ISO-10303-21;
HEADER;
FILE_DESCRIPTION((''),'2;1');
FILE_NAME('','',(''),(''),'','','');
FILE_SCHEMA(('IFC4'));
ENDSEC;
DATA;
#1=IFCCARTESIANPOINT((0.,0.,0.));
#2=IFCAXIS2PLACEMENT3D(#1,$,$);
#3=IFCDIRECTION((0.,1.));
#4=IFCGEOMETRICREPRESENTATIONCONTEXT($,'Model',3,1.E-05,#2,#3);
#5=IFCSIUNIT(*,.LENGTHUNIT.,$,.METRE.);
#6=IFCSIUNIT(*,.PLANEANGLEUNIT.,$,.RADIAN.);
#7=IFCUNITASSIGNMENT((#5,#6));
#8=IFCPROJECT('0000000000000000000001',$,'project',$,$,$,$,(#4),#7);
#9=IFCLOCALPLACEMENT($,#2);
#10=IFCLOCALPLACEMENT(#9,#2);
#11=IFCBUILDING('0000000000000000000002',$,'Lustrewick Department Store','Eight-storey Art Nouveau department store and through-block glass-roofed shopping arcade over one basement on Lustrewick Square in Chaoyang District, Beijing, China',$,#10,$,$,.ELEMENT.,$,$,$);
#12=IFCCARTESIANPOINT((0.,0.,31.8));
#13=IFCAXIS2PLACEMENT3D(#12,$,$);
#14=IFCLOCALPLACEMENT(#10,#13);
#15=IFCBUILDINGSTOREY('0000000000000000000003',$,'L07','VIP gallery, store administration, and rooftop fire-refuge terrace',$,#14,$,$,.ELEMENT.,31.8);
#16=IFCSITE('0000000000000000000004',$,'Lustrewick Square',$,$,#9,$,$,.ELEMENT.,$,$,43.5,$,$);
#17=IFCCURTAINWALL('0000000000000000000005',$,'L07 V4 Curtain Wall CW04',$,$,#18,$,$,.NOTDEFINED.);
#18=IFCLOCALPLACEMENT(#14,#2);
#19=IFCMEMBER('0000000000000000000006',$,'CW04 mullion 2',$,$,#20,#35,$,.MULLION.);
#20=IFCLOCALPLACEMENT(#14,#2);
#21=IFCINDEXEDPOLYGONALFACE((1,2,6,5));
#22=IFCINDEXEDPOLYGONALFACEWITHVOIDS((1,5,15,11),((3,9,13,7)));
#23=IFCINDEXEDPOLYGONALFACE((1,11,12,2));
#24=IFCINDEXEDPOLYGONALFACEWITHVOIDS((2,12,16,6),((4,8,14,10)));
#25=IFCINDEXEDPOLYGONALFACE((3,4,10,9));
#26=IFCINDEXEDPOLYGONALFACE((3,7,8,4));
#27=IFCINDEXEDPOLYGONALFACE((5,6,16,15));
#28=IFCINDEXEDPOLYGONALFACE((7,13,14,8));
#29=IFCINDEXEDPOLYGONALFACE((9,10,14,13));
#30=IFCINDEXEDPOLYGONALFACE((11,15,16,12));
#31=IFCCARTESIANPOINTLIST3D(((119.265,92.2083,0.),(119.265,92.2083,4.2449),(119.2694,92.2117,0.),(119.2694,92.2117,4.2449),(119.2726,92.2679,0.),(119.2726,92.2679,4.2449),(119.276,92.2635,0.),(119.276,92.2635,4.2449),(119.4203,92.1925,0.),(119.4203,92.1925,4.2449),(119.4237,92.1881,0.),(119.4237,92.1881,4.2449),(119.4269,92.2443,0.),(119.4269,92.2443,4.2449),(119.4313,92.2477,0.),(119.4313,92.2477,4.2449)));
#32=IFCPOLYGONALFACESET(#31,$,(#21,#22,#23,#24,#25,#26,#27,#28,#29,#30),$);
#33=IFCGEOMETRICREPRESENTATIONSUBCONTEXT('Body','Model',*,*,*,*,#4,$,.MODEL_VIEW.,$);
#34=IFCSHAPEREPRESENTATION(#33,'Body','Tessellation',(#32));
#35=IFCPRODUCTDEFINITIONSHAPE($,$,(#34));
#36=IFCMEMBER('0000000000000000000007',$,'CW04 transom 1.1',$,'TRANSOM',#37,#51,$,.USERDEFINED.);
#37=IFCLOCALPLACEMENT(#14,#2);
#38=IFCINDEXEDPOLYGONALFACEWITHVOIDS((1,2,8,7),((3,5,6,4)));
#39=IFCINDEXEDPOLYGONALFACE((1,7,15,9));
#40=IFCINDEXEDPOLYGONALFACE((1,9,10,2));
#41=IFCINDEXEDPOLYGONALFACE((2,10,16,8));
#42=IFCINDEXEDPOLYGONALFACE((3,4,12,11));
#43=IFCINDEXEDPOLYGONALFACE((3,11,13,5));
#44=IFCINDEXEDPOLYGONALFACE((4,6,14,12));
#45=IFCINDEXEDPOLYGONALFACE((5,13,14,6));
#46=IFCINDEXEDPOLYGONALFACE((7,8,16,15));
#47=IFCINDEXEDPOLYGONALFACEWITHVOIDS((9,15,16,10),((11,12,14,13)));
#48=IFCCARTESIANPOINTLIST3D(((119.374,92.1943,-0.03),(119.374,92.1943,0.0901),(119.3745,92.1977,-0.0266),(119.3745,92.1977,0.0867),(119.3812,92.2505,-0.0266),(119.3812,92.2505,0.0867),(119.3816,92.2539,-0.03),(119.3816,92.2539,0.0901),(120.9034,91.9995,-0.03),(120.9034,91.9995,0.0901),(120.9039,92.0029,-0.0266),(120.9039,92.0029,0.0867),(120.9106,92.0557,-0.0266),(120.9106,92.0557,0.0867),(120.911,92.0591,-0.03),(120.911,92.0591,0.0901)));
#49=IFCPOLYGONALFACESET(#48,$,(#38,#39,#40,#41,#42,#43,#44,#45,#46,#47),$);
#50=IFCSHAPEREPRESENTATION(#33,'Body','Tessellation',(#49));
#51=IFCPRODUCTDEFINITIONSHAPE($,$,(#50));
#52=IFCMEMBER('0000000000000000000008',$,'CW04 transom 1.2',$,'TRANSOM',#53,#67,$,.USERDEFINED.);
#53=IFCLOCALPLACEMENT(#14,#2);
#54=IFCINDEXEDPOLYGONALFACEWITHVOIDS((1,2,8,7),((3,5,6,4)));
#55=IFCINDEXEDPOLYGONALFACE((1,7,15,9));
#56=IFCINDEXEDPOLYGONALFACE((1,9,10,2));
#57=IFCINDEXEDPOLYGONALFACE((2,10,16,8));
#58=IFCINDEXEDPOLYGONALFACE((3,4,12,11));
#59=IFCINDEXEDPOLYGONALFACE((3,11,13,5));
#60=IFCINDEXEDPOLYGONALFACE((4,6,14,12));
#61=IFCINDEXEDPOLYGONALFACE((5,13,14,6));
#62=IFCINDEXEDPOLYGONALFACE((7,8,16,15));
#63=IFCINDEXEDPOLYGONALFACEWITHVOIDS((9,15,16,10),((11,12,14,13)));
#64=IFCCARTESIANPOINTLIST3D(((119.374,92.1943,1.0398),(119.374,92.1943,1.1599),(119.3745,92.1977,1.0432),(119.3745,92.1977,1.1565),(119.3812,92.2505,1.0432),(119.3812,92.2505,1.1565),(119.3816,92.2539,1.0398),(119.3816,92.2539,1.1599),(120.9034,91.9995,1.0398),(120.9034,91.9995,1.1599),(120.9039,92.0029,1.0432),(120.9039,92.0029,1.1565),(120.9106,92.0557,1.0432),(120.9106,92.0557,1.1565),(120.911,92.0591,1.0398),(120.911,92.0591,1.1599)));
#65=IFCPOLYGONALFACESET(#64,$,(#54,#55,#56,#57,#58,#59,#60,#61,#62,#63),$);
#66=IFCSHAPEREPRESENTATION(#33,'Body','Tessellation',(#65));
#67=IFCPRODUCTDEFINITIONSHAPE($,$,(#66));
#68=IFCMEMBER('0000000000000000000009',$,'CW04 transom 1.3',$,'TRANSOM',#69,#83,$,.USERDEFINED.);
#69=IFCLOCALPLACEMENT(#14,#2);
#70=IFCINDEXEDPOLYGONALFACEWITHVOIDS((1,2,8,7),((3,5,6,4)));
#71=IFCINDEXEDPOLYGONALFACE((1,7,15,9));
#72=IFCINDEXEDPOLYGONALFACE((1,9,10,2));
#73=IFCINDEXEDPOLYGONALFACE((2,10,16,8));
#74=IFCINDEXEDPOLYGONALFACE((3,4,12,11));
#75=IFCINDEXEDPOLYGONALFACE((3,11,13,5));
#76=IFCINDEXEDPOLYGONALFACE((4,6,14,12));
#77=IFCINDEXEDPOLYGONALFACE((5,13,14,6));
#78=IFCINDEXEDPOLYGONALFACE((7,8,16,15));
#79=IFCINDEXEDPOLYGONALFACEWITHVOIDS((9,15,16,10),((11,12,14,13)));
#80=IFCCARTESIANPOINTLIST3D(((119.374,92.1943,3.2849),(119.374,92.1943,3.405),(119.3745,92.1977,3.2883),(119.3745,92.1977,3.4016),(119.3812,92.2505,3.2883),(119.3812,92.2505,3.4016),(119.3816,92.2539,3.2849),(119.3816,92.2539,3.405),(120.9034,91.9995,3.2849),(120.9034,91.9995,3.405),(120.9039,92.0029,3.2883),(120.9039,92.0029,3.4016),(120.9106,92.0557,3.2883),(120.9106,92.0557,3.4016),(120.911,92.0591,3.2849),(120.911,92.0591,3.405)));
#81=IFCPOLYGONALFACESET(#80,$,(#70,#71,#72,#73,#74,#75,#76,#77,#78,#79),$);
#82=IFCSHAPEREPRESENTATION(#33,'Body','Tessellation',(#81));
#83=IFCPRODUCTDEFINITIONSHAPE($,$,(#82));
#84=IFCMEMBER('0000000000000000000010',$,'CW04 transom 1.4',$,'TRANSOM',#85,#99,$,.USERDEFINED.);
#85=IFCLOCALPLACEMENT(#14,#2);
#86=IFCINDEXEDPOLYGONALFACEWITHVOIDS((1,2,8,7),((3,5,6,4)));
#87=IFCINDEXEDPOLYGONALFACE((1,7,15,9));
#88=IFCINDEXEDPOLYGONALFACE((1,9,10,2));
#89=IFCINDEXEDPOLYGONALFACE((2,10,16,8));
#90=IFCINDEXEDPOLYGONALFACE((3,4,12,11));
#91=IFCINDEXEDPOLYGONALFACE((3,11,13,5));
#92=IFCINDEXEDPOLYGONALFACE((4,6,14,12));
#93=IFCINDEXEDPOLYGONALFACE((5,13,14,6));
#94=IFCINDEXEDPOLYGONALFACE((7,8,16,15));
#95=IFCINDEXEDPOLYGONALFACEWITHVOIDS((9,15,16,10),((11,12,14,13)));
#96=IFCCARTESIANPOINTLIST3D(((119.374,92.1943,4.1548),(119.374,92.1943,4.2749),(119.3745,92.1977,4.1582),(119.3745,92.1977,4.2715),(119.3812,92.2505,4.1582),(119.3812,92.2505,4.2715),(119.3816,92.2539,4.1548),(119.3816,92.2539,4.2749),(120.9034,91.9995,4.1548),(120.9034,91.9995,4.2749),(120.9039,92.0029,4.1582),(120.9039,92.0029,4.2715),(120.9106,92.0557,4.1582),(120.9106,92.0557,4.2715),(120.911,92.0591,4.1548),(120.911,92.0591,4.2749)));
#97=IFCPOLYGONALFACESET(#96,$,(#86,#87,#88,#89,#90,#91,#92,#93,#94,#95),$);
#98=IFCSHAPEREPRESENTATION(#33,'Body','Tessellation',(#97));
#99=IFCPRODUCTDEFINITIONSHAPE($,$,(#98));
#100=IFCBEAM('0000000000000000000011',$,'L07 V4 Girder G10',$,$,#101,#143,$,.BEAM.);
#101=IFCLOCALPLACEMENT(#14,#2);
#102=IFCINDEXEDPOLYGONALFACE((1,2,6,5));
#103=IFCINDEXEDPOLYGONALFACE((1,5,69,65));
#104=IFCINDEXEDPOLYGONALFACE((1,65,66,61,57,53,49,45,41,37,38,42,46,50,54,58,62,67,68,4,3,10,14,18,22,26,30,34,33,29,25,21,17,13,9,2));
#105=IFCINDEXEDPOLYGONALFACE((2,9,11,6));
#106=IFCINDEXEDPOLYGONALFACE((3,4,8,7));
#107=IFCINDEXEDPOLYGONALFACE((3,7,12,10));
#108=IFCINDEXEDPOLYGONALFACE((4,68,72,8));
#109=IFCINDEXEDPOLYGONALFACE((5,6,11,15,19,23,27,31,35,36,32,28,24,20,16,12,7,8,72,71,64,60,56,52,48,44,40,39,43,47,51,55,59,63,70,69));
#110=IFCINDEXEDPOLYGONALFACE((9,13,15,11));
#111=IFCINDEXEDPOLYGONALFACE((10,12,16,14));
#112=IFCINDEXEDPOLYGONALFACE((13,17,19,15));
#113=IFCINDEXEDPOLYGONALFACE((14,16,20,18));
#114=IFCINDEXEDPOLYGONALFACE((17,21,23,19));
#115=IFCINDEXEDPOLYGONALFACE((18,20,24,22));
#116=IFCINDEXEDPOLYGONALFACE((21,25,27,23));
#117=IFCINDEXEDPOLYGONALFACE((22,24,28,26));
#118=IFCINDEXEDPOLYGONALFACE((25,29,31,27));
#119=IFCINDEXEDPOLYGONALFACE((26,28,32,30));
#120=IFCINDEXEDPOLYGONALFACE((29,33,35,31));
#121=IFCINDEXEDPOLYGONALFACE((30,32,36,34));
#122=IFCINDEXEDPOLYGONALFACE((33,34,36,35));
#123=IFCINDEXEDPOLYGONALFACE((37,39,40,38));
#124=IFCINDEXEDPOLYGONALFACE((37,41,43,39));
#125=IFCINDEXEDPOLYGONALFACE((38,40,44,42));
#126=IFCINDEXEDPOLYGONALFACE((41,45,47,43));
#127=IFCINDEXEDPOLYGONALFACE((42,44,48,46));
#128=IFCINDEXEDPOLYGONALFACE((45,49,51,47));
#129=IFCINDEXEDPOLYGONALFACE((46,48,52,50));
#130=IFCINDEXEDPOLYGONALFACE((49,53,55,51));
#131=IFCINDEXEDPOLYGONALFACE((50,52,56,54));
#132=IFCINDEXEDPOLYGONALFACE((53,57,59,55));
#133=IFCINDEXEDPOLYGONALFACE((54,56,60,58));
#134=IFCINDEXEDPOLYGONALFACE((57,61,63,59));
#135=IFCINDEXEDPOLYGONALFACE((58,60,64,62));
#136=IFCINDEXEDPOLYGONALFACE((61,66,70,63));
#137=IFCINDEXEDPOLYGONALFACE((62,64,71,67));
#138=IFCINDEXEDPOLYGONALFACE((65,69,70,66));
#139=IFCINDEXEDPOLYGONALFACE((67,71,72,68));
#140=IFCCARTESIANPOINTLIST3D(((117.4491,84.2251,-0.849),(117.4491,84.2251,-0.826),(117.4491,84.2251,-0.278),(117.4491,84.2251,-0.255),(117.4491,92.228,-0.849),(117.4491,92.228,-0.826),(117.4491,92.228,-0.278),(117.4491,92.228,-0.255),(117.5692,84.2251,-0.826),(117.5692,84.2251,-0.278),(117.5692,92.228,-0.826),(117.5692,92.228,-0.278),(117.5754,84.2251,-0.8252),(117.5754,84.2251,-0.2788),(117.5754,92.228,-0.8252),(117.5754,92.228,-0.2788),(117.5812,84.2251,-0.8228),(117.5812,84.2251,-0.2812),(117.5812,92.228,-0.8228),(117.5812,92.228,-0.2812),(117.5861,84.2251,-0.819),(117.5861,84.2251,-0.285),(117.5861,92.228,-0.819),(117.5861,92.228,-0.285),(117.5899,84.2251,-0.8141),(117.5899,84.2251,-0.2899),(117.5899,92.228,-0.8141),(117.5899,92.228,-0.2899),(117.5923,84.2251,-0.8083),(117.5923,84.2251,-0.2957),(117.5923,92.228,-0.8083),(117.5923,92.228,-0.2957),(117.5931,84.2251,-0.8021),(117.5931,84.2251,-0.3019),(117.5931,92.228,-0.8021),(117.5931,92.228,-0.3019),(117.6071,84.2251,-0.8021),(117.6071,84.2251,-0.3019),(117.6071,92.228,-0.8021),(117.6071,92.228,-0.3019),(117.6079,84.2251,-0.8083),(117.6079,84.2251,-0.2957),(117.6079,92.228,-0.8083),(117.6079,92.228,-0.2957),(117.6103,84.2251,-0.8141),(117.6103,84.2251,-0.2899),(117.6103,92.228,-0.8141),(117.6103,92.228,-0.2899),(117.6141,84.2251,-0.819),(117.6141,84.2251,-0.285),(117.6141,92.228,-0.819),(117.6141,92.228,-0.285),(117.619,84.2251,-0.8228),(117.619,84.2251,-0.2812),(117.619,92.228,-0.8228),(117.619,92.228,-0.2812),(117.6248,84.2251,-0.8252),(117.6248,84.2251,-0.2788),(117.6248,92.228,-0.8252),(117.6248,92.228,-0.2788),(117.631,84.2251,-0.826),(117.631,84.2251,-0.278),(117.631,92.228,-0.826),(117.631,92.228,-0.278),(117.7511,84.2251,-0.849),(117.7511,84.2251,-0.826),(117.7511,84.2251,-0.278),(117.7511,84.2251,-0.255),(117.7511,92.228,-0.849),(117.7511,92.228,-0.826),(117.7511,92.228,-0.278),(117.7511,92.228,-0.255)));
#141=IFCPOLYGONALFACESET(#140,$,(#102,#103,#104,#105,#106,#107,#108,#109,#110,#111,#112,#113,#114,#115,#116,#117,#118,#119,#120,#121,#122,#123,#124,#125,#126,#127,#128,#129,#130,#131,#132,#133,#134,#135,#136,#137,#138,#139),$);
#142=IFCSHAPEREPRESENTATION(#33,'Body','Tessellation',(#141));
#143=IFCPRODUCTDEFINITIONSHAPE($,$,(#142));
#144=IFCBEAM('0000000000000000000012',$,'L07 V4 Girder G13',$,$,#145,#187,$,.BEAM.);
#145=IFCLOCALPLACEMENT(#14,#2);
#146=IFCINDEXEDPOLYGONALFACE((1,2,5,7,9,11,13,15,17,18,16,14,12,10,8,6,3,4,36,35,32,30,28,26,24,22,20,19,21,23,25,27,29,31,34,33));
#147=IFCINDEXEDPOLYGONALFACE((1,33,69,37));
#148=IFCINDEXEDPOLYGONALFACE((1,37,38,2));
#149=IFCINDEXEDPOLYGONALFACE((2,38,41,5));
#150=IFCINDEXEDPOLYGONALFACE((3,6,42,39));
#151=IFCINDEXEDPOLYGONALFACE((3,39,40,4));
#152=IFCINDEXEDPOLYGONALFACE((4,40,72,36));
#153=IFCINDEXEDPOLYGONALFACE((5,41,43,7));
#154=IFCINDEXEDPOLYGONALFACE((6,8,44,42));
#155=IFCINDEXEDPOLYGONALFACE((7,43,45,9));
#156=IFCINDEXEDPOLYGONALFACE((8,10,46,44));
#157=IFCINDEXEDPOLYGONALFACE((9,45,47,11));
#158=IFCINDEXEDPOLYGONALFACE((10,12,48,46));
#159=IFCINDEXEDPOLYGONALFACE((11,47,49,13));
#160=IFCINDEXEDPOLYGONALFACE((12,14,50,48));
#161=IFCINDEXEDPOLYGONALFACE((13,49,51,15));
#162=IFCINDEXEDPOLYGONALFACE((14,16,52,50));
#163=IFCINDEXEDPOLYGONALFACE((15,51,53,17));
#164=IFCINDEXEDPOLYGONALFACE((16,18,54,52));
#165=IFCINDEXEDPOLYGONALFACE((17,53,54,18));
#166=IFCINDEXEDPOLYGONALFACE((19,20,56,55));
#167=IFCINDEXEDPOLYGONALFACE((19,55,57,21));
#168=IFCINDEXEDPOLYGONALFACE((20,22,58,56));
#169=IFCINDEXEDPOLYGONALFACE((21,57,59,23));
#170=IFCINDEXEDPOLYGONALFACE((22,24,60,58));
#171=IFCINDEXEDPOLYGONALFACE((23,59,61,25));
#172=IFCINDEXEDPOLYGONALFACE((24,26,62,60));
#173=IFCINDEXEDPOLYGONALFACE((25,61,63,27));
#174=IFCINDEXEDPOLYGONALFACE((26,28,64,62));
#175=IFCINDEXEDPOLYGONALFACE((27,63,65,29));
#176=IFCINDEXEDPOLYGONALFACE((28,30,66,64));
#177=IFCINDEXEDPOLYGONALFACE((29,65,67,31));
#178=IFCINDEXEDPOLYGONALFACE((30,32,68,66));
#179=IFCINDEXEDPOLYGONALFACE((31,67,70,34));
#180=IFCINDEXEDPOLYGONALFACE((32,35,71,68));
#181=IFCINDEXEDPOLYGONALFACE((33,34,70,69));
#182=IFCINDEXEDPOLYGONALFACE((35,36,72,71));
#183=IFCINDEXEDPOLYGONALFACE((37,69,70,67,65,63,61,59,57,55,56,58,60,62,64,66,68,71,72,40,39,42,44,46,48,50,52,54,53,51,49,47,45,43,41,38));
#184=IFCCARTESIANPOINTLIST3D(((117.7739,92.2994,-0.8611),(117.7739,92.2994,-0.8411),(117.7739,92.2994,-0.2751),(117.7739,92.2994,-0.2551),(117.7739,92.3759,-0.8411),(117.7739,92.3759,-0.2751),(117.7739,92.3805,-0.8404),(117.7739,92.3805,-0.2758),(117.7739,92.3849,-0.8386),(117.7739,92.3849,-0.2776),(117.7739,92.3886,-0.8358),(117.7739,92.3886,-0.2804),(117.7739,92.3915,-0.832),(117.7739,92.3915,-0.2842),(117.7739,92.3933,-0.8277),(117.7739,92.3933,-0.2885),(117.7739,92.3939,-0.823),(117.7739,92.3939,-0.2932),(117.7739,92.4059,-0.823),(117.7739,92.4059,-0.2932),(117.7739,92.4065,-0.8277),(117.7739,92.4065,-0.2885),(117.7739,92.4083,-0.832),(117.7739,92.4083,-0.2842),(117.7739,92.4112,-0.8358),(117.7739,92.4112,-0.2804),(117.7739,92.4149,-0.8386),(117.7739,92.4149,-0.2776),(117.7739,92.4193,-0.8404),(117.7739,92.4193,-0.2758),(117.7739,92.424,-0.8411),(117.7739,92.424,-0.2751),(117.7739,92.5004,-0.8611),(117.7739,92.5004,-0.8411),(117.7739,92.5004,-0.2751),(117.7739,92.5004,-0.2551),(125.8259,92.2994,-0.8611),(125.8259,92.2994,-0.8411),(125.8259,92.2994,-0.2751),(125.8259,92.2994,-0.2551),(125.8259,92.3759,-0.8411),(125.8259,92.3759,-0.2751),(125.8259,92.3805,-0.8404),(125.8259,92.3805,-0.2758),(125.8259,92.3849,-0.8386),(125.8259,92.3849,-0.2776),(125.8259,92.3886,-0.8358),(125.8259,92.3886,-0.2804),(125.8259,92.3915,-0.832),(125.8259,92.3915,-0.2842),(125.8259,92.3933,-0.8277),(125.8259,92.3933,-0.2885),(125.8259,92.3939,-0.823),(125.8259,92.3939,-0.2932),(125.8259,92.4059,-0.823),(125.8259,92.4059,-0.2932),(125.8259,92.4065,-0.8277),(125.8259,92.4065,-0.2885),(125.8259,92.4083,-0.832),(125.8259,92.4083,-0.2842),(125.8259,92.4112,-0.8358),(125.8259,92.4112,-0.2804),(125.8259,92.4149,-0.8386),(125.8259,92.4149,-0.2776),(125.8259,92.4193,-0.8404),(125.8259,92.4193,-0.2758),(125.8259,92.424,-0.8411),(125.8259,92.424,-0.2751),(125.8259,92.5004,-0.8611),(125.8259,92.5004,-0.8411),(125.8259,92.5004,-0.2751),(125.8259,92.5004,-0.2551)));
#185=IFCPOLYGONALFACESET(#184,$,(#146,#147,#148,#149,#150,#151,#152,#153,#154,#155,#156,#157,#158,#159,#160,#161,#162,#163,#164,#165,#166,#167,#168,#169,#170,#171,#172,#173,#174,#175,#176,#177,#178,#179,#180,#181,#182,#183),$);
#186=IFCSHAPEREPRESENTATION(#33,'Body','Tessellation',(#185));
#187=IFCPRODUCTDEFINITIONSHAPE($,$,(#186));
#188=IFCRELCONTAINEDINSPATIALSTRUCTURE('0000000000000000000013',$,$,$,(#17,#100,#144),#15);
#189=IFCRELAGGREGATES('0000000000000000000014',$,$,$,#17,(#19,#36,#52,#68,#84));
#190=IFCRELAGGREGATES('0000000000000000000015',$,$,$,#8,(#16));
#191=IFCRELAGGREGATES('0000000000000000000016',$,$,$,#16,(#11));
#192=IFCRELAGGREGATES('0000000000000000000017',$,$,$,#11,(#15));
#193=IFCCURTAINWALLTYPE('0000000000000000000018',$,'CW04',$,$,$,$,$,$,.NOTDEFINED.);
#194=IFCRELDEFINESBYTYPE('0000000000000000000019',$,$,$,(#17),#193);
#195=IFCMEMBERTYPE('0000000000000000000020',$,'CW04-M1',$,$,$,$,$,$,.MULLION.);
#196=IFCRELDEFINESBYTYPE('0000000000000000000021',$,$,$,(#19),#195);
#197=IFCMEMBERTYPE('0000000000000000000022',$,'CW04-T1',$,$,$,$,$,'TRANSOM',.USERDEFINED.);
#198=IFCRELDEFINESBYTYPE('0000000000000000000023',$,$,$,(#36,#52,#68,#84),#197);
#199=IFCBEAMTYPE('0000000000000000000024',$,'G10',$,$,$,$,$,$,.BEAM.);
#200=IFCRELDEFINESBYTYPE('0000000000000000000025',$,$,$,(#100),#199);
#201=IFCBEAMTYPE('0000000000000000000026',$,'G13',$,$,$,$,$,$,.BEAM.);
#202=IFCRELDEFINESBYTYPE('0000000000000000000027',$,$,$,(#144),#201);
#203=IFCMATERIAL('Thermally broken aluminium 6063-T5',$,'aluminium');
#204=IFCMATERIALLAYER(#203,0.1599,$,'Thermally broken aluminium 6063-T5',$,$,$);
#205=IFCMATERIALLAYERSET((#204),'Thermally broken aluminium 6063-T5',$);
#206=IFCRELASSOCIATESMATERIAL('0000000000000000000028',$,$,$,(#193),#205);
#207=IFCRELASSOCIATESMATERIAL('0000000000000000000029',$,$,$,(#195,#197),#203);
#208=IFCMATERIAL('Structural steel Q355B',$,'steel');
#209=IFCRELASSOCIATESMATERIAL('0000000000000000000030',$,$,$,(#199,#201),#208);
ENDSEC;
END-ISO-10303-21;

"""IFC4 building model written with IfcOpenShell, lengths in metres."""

from ifc_helpers import new_model, si_unit, direction, frame, origin, origin_2d, place, context, subcontext, project, spatial, hollow_rectangle, i_section, extrude, material, layer, layer_set, material_profile, profile_set, type_object, element, aggregate, save


model = new_model("IFC4")

# Units and contexts
model_context = context("Model", 3, precision=1e-05, world=origin(), true_north=direction((0.0, 1.0)))
body_context = subcontext(model_context, "Body", "Model", "MODEL_VIEW")
ifc_project = project(units=[si_unit("LENGTHUNIT", "METRE"), si_unit("PLANEANGLEUNIT", "RADIAN")], contexts=[model_context])

# Site, building, storey
site_placement = place(None, origin())
site = spatial("IfcSite", under=ifc_project, at=site_placement, Name="Lustrewick Square", CompositionType="ELEMENT", RefElevation=43.5)
building_placement = place(site_placement, origin())
building = spatial("IfcBuilding", under=site, at=building_placement, Name="Lustrewick Department Store", Description="Eight-storey Art Nouveau department store and through-block glass-roofed shopping arcade over one basement on Lustrewick Square in Chaoyang District, Beijing, China", CompositionType="ELEMENT")
storey_placement = place(building_placement, frame((0.0, 0.0, 31.8)))
storey = spatial("IfcBuildingStorey", under=building, at=storey_placement, Name="L07", Description="VIP gallery, store administration, and rooftop fire-refuge terrace", CompositionType="ELEMENT", Elevation=31.8)

# Shared definitions
ifc_material_1 = material(Name="Structural steel Q355B", Category="steel")

# Shared definitions
ifc_material_2 = material(Name="Thermally broken aluminium 6063-T5", Category="aluminium")

# Curtain wall, members
ifc_layer_1 = layer(ifc_material_2, 0.1599, Name="Thermally broken aluminium 6063-T5")
ifc_layer_set_1 = layer_set([ifc_layer_1], Name="Thermally broken aluminium 6063-T5")
curtain_wall_type_1 = type_object("IfcCurtainWallType", Name="CW04", PredefinedType="NOTDEFINED", material=ifc_layer_set_1)
curtain_wall_1_placement = place(storey_placement, origin())
curtain_wall_1 = element("IfcCurtainWall", 1, at=curtain_wall_1_placement, inside=storey, type_object=curtain_wall_type_1, Name="L07 V4 Curtain Wall CW04", PredefinedType="NOTDEFINED")
ifc_material_profile_1 = material_profile(ifc_material_2, hollow_rectangle(XDim=0.0601, YDim=0.1599, WallThickness=0.0039, at=origin_2d()), Name="ALU-M 60x160x4")
ifc_profile_set_1 = profile_set([ifc_material_profile_1], Name="Thermally broken aluminium 6063-T5")
member_type_1 = type_object("IfcMemberType", Name="CW04-M1", PredefinedType="MULLION", material=ifc_profile_set_1)
member_1_placement = place(storey_placement, frame((119.3481, 92.228, 0.0), z_axis=(0.0, 0.0, 1.0), x_axis=(-0.126308, -0.991991, 0.0)))
member_1 = element("IfcMember", 2, at=member_1_placement, type_object=member_type_1, Name="CW04 mullion 2", PredefinedType="MULLION", context=body_context, shape_type="SweptSolid", body=[
    extrude(hollow_rectangle(XDim=0.0601, YDim=0.1599, WallThickness=0.0039, at=origin_2d()), origin(), (0.0, 0.0, 1.0), 4.2449),
])
ifc_material_profile_2 = material_profile(ifc_material_2, hollow_rectangle(XDim=0.0601, YDim=0.1201, WallThickness=0.0034, at=origin_2d()), Name="ALU-T 60x120x3.5")
ifc_profile_set_2 = profile_set([ifc_material_profile_2], Name="Thermally broken aluminium 6063-T5")
member_type_2 = type_object("IfcMemberType", Name="CW04-T1", ElementType="TRANSOM", PredefinedType="USERDEFINED", material=ifc_profile_set_2)
member_2_placement = place(storey_placement, frame((120.9072, 92.0293, 0.03), z_axis=(-0.991983, 0.126373, 0.0), x_axis=(-0.126373, -0.991983, 0.0)))
member_2 = element("IfcMember", 3, at=member_2_placement, type_object=member_type_2, Name="CW04 transom 1.1", ObjectType="TRANSOM", PredefinedType="USERDEFINED", context=body_context, shape_type="SweptSolid", body=[
    extrude(hollow_rectangle(XDim=0.0601, YDim=0.1201, WallThickness=0.0034, at=origin_2d()), origin(), (0.0, 0.0, 1.0), 1.5417),
])
member_3_placement = place(storey_placement, frame((120.9072, 92.0293, 1.0999), z_axis=(-0.991983, 0.126373, 0.0), x_axis=(-0.126373, -0.991983, 0.0)))
member_3 = element("IfcMember", 4, at=member_3_placement, type_object=member_type_2, Name="CW04 transom 1.2", ObjectType="TRANSOM", PredefinedType="USERDEFINED", context=body_context, shape_type="SweptSolid", body=[
    extrude(hollow_rectangle(XDim=0.0601, YDim=0.1201, WallThickness=0.0034, at=origin_2d()), origin(), (0.0, 0.0, 1.0), 1.5417),
])
member_4_placement = place(storey_placement, frame((120.9072, 92.0293, 3.345), z_axis=(-0.991983, 0.126373, 0.0), x_axis=(-0.126373, -0.991983, 0.0)))
member_4 = element("IfcMember", 5, at=member_4_placement, type_object=member_type_2, Name="CW04 transom 1.3", ObjectType="TRANSOM", PredefinedType="USERDEFINED", context=body_context, shape_type="SweptSolid", body=[
    extrude(hollow_rectangle(XDim=0.0601, YDim=0.1201, WallThickness=0.0034, at=origin_2d()), origin(), (0.0, 0.0, 1.0), 1.5417),
])
member_5_placement = place(storey_placement, frame((120.9072, 92.0293, 4.2148), z_axis=(-0.991983, 0.126373, 0.0), x_axis=(-0.126373, -0.991983, 0.0)))
member_5 = element("IfcMember", 6, at=member_5_placement, type_object=member_type_2, Name="CW04 transom 1.4", ObjectType="TRANSOM", PredefinedType="USERDEFINED", context=body_context, shape_type="SweptSolid", body=[
    extrude(hollow_rectangle(XDim=0.0601, YDim=0.1201, WallThickness=0.0034, at=origin_2d()), origin(), (0.0, 0.0, 1.0), 1.5417),
])

# Beams
ifc_material_profile_3 = material_profile(ifc_material_1, i_section(OverallWidth=0.302, OverallDepth=0.594, WebThickness=0.0139, FlangeThickness=0.0229, FilletRadius=0.0239, at=origin_2d()), Name="HM 594x302x14x23")
ifc_profile_set_3 = profile_set([ifc_material_profile_3], Name="Structural steel Q355B")
beam_type_1 = type_object("IfcBeamType", Name="G10", PredefinedType="BEAM", material=ifc_profile_set_3)
beam_1_placement = place(storey_placement, frame((117.6001, 84.2251, -0.552), z_axis=(0.0, 1.0, 0.0), x_axis=(-1.0, 0.0, 0.0)))
element("IfcBeam", 7, at=beam_1_placement, inside=storey, type_object=beam_type_1, Name="L07 V4 Girder G10", PredefinedType="BEAM", context=body_context, shape_type="SweptSolid", body=[
    extrude(i_section(OverallWidth=0.302, OverallDepth=0.594, WebThickness=0.0139, FlangeThickness=0.0229, FilletRadius=0.0239, at=origin_2d()), origin(), (0.0, 0.0, 1.0), 8.0029),
])
ifc_material_profile_4 = material_profile(ifc_material_1, i_section(OverallWidth=0.2009, OverallDepth=0.606, WebThickness=0.012, FlangeThickness=0.02, FilletRadius=0.0181, at=origin_2d()), Name="HN 606x201x12x20")
ifc_profile_set_4 = profile_set([ifc_material_profile_4], Name="Structural steel Q355B")
beam_type_2 = type_object("IfcBeamType", Name="G13", PredefinedType="BEAM", material=ifc_profile_set_4)
beam_2_placement = place(storey_placement, frame((117.7739, 92.3999, -0.5581), z_axis=(1.0, 0.0, 0.0), x_axis=(0.0, 1.0, 0.0)))
element("IfcBeam", 8, at=beam_2_placement, inside=storey, type_object=beam_type_2, Name="L07 V4 Girder G13", PredefinedType="BEAM", context=body_context, shape_type="SweptSolid", body=[
    extrude(i_section(OverallWidth=0.2009, OverallDepth=0.606, WebThickness=0.012, FlangeThickness=0.02, FilletRadius=0.0181, at=origin_2d()), origin(), (0.0, 0.0, 1.0), 8.052),
])

aggregate(curtain_wall_1, [member_1, member_2, member_3, member_4, member_5])

save(model, "model.ifc")
